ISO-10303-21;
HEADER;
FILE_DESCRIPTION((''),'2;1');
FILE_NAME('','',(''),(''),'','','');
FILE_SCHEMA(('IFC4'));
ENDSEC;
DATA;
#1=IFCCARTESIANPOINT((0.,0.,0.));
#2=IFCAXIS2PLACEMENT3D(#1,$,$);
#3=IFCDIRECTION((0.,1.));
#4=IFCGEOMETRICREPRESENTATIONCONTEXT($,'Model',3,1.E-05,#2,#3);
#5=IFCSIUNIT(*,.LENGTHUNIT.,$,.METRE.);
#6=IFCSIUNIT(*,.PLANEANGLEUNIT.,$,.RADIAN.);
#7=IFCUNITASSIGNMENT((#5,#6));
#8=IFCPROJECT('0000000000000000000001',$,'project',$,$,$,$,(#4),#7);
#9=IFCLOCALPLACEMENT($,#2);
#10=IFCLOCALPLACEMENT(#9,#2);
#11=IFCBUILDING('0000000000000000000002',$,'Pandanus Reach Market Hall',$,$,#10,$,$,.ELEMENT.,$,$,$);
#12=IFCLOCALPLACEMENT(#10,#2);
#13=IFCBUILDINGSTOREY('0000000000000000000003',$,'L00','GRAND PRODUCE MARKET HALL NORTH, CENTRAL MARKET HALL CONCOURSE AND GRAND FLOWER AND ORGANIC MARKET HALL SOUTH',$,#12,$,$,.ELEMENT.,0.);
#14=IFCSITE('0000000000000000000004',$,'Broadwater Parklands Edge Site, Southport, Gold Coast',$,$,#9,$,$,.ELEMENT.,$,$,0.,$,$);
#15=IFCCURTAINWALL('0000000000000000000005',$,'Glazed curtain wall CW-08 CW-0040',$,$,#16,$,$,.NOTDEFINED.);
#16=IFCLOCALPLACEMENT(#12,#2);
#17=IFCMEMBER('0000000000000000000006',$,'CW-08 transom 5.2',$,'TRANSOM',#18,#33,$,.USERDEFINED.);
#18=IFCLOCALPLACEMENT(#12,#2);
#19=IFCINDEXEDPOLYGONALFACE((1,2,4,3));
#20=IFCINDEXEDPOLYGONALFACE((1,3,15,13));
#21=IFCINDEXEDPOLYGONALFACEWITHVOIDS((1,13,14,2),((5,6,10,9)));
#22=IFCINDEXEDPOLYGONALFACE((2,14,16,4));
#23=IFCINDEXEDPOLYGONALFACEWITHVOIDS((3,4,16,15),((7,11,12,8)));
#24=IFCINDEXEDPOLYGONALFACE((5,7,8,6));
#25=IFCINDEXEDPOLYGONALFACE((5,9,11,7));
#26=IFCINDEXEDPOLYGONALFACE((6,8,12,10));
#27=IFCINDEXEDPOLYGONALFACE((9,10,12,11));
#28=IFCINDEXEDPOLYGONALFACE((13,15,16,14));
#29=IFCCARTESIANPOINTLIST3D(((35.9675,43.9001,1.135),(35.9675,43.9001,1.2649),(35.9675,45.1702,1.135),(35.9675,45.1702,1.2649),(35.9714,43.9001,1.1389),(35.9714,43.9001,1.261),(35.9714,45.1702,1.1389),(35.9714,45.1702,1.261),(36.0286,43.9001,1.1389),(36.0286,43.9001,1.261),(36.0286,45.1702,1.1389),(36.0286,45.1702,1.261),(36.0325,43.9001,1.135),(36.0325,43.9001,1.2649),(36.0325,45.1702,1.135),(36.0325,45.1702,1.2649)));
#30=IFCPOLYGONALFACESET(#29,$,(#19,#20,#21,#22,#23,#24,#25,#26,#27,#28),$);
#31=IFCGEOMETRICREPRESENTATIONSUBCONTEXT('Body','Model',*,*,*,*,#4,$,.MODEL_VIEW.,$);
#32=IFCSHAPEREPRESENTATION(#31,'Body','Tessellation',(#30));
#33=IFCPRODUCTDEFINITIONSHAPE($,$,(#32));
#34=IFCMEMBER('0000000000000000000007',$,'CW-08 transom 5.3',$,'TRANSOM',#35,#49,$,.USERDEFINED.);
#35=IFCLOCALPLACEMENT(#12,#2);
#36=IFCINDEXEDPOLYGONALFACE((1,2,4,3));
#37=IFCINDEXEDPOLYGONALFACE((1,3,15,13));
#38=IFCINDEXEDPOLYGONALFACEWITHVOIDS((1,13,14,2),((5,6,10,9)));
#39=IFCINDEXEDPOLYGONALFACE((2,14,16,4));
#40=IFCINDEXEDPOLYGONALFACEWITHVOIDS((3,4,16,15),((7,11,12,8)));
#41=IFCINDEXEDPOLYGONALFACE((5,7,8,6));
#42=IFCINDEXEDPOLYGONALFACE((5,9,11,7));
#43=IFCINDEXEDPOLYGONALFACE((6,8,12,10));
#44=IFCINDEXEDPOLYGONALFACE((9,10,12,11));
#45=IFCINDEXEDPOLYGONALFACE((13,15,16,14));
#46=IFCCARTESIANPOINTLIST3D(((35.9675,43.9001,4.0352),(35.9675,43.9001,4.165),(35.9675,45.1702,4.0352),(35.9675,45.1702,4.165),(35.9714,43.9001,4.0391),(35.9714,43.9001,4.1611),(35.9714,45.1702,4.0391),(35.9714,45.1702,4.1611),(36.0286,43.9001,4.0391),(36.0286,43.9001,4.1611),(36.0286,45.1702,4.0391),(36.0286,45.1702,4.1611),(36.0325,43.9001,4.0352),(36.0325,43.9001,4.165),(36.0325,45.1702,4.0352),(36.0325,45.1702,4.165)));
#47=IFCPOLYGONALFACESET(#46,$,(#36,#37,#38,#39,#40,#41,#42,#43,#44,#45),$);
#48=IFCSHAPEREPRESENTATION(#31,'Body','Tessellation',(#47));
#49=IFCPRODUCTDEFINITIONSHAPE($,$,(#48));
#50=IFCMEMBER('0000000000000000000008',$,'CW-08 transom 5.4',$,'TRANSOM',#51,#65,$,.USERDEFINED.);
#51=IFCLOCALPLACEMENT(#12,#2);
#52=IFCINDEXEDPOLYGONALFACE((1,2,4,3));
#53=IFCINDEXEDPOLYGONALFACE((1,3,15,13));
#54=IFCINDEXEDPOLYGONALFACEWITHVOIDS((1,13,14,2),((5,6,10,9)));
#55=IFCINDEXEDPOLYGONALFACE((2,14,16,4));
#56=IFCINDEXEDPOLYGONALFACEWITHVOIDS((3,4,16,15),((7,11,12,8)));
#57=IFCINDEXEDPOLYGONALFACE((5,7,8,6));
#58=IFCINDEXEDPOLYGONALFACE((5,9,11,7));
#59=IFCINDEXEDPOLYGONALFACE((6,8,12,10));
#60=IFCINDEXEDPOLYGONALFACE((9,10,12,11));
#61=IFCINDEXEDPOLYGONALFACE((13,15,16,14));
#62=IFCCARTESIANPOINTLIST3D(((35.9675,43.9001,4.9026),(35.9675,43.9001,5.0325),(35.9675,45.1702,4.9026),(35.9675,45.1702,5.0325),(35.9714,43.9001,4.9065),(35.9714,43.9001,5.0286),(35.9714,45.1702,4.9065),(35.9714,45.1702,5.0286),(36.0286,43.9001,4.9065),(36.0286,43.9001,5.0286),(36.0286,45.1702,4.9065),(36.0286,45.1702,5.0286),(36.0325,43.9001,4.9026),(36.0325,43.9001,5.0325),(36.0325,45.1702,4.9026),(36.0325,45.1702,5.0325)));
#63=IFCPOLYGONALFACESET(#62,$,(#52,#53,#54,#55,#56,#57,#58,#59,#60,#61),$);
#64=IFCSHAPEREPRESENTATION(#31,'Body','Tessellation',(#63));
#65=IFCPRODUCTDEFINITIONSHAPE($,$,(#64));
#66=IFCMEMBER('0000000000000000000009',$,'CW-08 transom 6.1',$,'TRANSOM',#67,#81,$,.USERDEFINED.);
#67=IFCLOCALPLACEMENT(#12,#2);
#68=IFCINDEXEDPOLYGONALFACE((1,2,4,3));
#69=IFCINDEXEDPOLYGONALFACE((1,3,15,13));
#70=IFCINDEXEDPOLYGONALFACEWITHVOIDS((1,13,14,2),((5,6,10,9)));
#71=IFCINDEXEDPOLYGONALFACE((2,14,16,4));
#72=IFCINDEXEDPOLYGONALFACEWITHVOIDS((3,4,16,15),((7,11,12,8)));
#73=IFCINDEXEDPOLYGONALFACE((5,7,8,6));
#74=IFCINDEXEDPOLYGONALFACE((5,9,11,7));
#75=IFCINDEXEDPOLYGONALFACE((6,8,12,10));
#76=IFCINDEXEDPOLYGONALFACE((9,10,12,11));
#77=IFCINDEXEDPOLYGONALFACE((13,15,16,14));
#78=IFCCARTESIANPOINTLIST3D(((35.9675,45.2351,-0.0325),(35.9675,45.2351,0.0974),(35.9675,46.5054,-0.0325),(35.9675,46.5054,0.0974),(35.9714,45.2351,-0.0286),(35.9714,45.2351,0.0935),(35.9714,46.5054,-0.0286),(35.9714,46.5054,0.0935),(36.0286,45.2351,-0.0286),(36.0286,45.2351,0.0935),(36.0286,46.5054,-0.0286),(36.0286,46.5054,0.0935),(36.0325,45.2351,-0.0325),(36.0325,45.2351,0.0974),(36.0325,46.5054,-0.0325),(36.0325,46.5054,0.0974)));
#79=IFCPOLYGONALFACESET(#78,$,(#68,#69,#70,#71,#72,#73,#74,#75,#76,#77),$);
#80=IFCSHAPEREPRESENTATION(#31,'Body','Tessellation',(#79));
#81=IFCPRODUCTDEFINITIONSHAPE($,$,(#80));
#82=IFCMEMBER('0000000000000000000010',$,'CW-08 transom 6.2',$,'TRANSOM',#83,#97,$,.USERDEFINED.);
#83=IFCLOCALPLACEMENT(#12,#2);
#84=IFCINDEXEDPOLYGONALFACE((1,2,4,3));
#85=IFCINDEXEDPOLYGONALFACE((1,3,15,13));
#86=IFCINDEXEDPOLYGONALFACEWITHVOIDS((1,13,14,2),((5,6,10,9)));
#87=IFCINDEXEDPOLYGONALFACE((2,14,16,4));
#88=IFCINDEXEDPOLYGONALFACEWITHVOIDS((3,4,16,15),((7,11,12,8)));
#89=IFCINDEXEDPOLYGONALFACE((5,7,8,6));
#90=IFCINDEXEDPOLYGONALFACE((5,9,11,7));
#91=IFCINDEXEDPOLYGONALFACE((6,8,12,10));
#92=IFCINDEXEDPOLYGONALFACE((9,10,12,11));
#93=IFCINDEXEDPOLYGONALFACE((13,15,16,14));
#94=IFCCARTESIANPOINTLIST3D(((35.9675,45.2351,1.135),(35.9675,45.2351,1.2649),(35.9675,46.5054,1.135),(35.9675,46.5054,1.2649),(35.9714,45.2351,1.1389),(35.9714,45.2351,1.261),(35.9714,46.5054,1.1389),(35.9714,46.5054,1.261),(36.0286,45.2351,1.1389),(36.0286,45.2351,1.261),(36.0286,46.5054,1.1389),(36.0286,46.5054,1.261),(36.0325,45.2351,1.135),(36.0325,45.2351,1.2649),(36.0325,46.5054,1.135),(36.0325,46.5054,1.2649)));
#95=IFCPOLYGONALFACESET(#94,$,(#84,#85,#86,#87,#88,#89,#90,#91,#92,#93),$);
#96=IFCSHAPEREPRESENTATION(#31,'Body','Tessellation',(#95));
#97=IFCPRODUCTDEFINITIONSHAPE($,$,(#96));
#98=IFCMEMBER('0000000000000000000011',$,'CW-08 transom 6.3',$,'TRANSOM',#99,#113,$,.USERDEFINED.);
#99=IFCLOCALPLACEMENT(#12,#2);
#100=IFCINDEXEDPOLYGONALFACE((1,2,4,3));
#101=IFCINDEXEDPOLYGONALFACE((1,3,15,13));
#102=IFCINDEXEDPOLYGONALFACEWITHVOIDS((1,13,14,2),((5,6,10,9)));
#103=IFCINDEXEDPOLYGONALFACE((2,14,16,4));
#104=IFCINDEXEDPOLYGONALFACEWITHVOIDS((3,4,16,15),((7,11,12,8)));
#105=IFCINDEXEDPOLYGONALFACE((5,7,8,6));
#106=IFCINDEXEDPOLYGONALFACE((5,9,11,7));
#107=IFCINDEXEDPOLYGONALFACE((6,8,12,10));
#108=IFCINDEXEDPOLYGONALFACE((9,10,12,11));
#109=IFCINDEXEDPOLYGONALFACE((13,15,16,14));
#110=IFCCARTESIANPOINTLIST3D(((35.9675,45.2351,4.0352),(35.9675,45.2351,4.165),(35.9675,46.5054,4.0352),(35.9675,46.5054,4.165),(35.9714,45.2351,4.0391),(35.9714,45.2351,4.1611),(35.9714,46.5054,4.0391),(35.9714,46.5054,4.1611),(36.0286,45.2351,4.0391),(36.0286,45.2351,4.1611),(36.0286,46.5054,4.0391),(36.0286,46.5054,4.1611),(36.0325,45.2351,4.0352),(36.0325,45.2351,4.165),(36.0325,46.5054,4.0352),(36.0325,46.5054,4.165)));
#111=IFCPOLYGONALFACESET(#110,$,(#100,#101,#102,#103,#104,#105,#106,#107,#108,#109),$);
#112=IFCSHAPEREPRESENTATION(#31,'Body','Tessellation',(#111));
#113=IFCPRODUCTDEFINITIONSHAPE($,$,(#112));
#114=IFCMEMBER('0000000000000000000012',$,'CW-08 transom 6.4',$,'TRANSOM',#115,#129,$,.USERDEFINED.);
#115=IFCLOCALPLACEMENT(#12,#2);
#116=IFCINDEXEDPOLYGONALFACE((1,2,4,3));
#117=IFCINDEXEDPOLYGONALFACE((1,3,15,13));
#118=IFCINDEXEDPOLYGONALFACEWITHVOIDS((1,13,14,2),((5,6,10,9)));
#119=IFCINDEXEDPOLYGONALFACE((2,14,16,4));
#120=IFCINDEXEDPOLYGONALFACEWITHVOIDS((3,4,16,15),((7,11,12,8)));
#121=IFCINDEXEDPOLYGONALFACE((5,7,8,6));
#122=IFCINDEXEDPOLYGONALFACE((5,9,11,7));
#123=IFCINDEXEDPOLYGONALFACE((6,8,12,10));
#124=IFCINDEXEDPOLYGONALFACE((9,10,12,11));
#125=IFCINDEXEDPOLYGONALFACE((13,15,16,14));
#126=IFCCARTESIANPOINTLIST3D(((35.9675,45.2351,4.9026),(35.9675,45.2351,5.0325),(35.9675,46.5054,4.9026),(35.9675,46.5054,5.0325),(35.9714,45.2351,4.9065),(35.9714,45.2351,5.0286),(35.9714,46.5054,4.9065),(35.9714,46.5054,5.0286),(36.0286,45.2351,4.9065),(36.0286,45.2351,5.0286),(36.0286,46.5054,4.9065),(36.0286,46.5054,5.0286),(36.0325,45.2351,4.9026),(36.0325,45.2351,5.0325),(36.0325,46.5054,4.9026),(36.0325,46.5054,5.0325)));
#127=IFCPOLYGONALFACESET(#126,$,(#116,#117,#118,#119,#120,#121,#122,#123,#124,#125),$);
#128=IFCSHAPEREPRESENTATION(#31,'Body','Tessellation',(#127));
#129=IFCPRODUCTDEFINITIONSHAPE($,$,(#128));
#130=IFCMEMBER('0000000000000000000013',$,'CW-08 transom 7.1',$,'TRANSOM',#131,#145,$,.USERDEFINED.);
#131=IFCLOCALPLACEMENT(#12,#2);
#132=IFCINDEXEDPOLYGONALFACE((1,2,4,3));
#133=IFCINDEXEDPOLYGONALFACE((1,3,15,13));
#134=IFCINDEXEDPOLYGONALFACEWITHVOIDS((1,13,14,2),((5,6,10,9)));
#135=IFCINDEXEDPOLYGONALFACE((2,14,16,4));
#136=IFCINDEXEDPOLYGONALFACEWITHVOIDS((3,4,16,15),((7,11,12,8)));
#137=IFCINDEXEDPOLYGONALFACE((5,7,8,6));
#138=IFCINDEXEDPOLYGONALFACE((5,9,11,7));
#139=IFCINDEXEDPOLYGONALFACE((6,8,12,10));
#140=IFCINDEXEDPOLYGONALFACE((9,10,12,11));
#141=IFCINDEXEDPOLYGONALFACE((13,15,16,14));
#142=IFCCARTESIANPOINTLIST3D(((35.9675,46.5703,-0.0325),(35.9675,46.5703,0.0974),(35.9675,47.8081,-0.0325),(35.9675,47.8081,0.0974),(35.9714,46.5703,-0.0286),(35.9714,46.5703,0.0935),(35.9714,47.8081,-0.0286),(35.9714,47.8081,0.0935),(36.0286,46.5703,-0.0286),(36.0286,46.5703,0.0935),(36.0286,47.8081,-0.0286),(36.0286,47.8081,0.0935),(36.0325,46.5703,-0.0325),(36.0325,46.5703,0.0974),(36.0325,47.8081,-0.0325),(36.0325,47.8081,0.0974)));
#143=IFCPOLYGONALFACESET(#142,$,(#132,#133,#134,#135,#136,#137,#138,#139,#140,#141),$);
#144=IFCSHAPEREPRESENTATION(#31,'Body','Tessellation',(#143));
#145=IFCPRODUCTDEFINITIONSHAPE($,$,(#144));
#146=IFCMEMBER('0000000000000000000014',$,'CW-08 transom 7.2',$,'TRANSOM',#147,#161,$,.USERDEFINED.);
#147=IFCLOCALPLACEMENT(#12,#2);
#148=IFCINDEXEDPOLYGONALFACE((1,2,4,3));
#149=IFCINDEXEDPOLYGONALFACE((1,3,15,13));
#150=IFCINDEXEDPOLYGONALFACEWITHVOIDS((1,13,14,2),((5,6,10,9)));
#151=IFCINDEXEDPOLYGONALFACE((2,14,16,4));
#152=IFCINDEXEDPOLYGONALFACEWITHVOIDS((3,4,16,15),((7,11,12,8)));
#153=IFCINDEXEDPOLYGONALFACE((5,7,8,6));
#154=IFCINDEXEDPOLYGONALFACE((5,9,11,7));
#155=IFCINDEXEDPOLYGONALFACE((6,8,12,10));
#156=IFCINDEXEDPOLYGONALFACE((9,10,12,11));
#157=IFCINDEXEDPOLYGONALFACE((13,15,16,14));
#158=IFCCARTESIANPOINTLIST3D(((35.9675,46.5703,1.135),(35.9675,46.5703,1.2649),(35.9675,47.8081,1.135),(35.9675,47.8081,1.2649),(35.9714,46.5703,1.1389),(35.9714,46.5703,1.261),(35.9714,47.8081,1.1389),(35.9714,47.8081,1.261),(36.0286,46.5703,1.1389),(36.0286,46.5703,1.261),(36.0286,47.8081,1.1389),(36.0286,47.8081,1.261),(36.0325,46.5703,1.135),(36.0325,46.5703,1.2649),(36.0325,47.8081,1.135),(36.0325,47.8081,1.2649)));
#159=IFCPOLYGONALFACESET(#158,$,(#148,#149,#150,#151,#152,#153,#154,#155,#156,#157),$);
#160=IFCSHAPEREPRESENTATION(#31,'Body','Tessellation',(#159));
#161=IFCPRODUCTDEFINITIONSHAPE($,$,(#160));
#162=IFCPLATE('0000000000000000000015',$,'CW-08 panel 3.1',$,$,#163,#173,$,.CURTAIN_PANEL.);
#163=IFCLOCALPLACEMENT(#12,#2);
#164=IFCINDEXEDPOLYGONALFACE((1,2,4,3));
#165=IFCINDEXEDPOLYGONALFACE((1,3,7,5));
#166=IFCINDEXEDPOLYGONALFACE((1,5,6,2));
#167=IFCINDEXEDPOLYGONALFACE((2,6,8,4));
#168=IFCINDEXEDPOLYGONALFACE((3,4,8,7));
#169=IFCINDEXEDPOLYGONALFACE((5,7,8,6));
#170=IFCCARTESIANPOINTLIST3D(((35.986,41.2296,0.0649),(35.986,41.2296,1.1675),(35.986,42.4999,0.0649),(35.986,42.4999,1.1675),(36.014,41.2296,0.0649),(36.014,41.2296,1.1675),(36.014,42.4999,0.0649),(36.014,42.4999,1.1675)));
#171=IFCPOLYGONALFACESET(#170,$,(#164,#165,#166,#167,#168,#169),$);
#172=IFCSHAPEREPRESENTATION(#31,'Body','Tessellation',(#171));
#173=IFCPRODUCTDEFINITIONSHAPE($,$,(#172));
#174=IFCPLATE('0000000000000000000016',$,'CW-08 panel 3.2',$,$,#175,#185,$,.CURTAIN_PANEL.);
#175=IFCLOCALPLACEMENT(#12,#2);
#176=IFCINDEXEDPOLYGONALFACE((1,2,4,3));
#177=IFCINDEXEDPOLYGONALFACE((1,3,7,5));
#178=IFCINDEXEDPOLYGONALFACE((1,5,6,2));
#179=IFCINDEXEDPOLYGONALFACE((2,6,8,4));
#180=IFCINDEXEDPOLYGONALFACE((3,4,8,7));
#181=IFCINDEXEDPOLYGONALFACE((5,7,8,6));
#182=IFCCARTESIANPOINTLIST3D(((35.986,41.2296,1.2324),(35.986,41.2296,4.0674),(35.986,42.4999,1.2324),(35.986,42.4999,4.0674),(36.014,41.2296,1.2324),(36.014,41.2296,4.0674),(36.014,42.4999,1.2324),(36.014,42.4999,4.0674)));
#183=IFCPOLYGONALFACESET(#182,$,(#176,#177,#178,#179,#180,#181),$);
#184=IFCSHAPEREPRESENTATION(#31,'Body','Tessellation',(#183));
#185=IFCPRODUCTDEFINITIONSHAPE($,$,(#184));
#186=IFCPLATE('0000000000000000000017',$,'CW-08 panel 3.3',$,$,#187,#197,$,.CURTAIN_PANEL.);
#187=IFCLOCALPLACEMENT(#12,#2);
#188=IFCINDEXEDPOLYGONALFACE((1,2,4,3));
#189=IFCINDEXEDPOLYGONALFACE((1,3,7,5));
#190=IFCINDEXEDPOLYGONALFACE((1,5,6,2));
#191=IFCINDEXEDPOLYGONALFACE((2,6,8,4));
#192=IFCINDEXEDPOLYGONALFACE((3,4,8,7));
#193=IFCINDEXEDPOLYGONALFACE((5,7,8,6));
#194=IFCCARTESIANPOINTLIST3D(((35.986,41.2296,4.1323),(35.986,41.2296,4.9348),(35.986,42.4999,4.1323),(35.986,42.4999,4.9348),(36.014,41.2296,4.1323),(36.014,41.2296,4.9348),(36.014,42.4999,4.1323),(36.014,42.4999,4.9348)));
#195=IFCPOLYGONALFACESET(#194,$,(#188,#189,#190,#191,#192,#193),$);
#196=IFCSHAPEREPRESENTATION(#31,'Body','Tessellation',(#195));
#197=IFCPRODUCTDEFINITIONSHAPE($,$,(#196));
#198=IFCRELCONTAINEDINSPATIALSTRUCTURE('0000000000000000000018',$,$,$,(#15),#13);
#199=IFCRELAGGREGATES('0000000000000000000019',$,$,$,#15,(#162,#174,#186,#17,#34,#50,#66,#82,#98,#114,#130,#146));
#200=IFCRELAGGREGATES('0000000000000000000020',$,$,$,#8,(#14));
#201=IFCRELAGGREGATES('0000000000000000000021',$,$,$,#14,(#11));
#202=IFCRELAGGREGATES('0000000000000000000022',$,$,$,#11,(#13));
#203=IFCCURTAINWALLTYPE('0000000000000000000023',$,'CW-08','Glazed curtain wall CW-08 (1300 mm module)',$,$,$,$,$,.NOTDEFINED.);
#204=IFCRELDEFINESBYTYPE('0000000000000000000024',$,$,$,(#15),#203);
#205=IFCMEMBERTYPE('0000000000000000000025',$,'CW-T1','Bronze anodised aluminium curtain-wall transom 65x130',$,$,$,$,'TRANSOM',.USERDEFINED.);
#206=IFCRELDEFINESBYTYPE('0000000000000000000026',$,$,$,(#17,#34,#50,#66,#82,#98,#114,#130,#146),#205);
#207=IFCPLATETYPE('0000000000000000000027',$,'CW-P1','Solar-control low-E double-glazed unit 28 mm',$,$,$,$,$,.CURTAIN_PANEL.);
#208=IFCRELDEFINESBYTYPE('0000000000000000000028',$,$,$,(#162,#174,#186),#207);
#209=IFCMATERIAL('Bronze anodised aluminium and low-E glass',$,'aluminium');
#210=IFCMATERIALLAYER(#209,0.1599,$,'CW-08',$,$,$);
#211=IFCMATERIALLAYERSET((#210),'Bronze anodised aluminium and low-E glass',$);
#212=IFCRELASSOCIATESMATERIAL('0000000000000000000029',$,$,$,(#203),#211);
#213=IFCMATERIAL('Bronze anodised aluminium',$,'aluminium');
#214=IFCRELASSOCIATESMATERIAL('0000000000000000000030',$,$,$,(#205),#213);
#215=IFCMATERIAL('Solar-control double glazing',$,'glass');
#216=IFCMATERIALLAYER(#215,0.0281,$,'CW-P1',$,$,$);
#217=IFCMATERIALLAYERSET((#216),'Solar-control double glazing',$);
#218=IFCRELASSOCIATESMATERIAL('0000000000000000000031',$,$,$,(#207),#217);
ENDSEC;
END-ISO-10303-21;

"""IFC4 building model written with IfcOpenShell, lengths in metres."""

from ifc_helpers import new_model, si_unit, direction, frame, origin, origin_2d, place, context, subcontext, project, spatial, rectangle, hollow_rectangle, extrude, material, layer, layer_set, material_profile, profile_set, type_object, element, aggregate, save


model = new_model("IFC4")

# Units and contexts
model_context = context("Model", 3, precision=1e-05, world=origin(), true_north=direction((0.0, 1.0)))
body_context = subcontext(model_context, "Body", "Model", "MODEL_VIEW")
ifc_project = project(units=[si_unit("LENGTHUNIT", "METRE"), si_unit("PLANEANGLEUNIT", "RADIAN")], contexts=[model_context])

# Site, building, storey
site_placement = place(None, origin())
site = spatial("IfcSite", under=ifc_project, at=site_placement, Name="Broadwater Parklands Edge Site, Southport, Gold Coast", CompositionType="ELEMENT", RefElevation=0.0)
building_placement = place(site_placement, origin())
building = spatial("IfcBuilding", under=site, at=building_placement, Name="Pandanus Reach Market Hall", CompositionType="ELEMENT")
storey_placement = place(building_placement, origin())
storey = spatial("IfcBuildingStorey", under=building, at=storey_placement, Name="L00", Description="GRAND PRODUCE MARKET HALL NORTH, CENTRAL MARKET HALL CONCOURSE AND GRAND FLOWER AND ORGANIC MARKET HALL SOUTH", CompositionType="ELEMENT", Elevation=0.0)

# Curtain wall, members, plates
ifc_material_1 = material(Name="Bronze anodised aluminium and low-E glass", Category="aluminium")
ifc_layer_1 = layer(ifc_material_1, 0.1599, Name="CW-08")
ifc_layer_set_1 = layer_set([ifc_layer_1], Name="Bronze anodised aluminium and low-E glass")
curtain_wall_type = type_object("IfcCurtainWallType", Name="CW-08", Description="Glazed curtain wall CW-08 (1300 mm module)", PredefinedType="NOTDEFINED", material=ifc_layer_set_1)
curtain_wall_placement = place(storey_placement, origin())
curtain_wall = element("IfcCurtainWall", 1, at=curtain_wall_placement, inside=storey, type_object=curtain_wall_type, Name="Glazed curtain wall CW-08 CW-0040", PredefinedType="NOTDEFINED")
ifc_material_2 = material(Name="Bronze anodised aluminium", Category="aluminium")
ifc_material_profile_1 = material_profile(ifc_material_2, hollow_rectangle(XDim=0.0649, YDim=0.1299, WallThickness=0.0039, at=origin_2d()), Name="ALU65x130", Category="LoadBearing")
ifc_profile_set_1 = profile_set([ifc_material_profile_1], Name="Bronze anodised aluminium")
member_type_1 = type_object("IfcMemberType", Name="CW-T1", Description="Bronze anodised aluminium curtain-wall transom 65x130", ElementType="TRANSOM", PredefinedType="USERDEFINED", material=ifc_profile_set_1)
member_1_placement = place(storey_placement, frame((36.0, 43.9001, 1.2), z_axis=(0.0, 1.0, 0.0), x_axis=(-1.0, 0.0, 0.0)))
member_1 = element("IfcMember", 2, at=member_1_placement, type_object=member_type_1, Name="CW-08 transom 5.2", ObjectType="TRANSOM", PredefinedType="USERDEFINED", context=body_context, shape_type="SweptSolid", body=[
    extrude(hollow_rectangle(XDim=0.0649, YDim=0.1299, WallThickness=0.0039, at=origin_2d()), origin(), (0.0, 0.0, 1.0), 1.27),
])
member_2_placement = place(storey_placement, frame((36.0, 43.9001, 4.1001), z_axis=(0.0, 1.0, 0.0), x_axis=(-1.0, 0.0, 0.0)))
member_2 = element("IfcMember", 3, at=member_2_placement, type_object=member_type_1, Name="CW-08 transom 5.3", ObjectType="TRANSOM", PredefinedType="USERDEFINED", context=body_context, shape_type="SweptSolid", body=[
    extrude(hollow_rectangle(XDim=0.0649, YDim=0.1299, WallThickness=0.0039, at=origin_2d()), origin(), (0.0, 0.0, 1.0), 1.27),
])
member_3_placement = place(storey_placement, frame((36.0, 43.9001, 4.9675), z_axis=(0.0, 1.0, 0.0), x_axis=(-1.0, 0.0, 0.0)))
member_3 = element("IfcMember", 4, at=member_3_placement, type_object=member_type_1, Name="CW-08 transom 5.4", ObjectType="TRANSOM", PredefinedType="USERDEFINED", context=body_context, shape_type="SweptSolid", body=[
    extrude(hollow_rectangle(XDim=0.0649, YDim=0.1299, WallThickness=0.0039, at=origin_2d()), origin(), (0.0, 0.0, 1.0), 1.27),
])
member_4_placement = place(storey_placement, frame((36.0, 45.2351, 0.0325), z_axis=(0.0, 1.0, 0.0), x_axis=(-1.0, 0.0, 0.0)))
member_4 = element("IfcMember", 5, at=member_4_placement, type_object=member_type_1, Name="CW-08 transom 6.1", ObjectType="TRANSOM", PredefinedType="USERDEFINED", context=body_context, shape_type="SweptSolid", body=[
    extrude(hollow_rectangle(XDim=0.0649, YDim=0.1299, WallThickness=0.0039, at=origin_2d()), origin(), (0.0, 0.0, 1.0), 1.2703),
])
member_5_placement = place(storey_placement, frame((36.0, 45.2351, 1.2), z_axis=(0.0, 1.0, 0.0), x_axis=(-1.0, 0.0, 0.0)))
member_5 = element("IfcMember", 6, at=member_5_placement, type_object=member_type_1, Name="CW-08 transom 6.2", ObjectType="TRANSOM", PredefinedType="USERDEFINED", context=body_context, shape_type="SweptSolid", body=[
    extrude(hollow_rectangle(XDim=0.0649, YDim=0.1299, WallThickness=0.0039, at=origin_2d()), origin(), (0.0, 0.0, 1.0), 1.2703),
])
member_6_placement = place(storey_placement, frame((36.0, 45.2351, 4.1001), z_axis=(0.0, 1.0, 0.0), x_axis=(-1.0, 0.0, 0.0)))
member_6 = element("IfcMember", 7, at=member_6_placement, type_object=member_type_1, Name="CW-08 transom 6.3", ObjectType="TRANSOM", PredefinedType="USERDEFINED", context=body_context, shape_type="SweptSolid", body=[
    extrude(hollow_rectangle(XDim=0.0649, YDim=0.1299, WallThickness=0.0039, at=origin_2d()), origin(), (0.0, 0.0, 1.0), 1.2703),
])
member_7_placement = place(storey_placement, frame((36.0, 45.2351, 4.9675), z_axis=(0.0, 1.0, 0.0), x_axis=(-1.0, 0.0, 0.0)))
member_7 = element("IfcMember", 8, at=member_7_placement, type_object=member_type_1, Name="CW-08 transom 6.4", ObjectType="TRANSOM", PredefinedType="USERDEFINED", context=body_context, shape_type="SweptSolid", body=[
    extrude(hollow_rectangle(XDim=0.0649, YDim=0.1299, WallThickness=0.0039, at=origin_2d()), origin(), (0.0, 0.0, 1.0), 1.2703),
])
member_8_placement = place(storey_placement, frame((36.0, 46.5703, 0.0325), z_axis=(0.0, 1.0, 0.0), x_axis=(-1.0, 0.0, 0.0)))
member_8 = element("IfcMember", 9, at=member_8_placement, type_object=member_type_1, Name="CW-08 transom 7.1", ObjectType="TRANSOM", PredefinedType="USERDEFINED", context=body_context, shape_type="SweptSolid", body=[
    extrude(hollow_rectangle(XDim=0.0649, YDim=0.1299, WallThickness=0.0039, at=origin_2d()), origin(), (0.0, 0.0, 1.0), 1.2378),
])
member_9_placement = place(storey_placement, frame((36.0, 46.5703, 1.2), z_axis=(0.0, 1.0, 0.0), x_axis=(-1.0, 0.0, 0.0)))
member_9 = element("IfcMember", 10, at=member_9_placement, type_object=member_type_1, Name="CW-08 transom 7.2", ObjectType="TRANSOM", PredefinedType="USERDEFINED", context=body_context, shape_type="SweptSolid", body=[
    extrude(hollow_rectangle(XDim=0.0649, YDim=0.1299, WallThickness=0.0039, at=origin_2d()), origin(), (0.0, 0.0, 1.0), 1.2378),
])
ifc_material_3 = material(Name="Solar-control double glazing", Category="glass")
ifc_layer_2 = layer(ifc_material_3, 0.0281, Name="CW-P1")
ifc_layer_set_2 = layer_set([ifc_layer_2], Name="Solar-control double glazing")
plate_type = type_object("IfcPlateType", Name="CW-P1", Description="Solar-control low-E double-glazed unit 28 mm", PredefinedType="CURTAIN_PANEL", material=ifc_layer_set_2)
plate_1_placement = place(storey_placement, frame((36.0, 41.8647, 0.0649), z_axis=(0.0, 0.0, 1.0), x_axis=(0.0, 1.0, 0.0)))
plate_1 = element("IfcPlate", 11, at=plate_1_placement, type_object=plate_type, Name="CW-08 panel 3.1", PredefinedType="CURTAIN_PANEL", context=body_context, shape_type="SweptSolid", body=[
    extrude(rectangle(XDim=1.2703, YDim=0.0281, at=origin_2d()), origin(), (0.0, 0.0, 1.0), 1.1025),
])
plate_2_placement = place(storey_placement, frame((36.0, 41.8647, 1.2324), z_axis=(0.0, 0.0, 1.0), x_axis=(0.0, 1.0, 0.0)))
plate_2 = element("IfcPlate", 12, at=plate_2_placement, type_object=plate_type, Name="CW-08 panel 3.2", PredefinedType="CURTAIN_PANEL", context=body_context, shape_type="SweptSolid", body=[
    extrude(rectangle(XDim=1.2703, YDim=0.0281, at=origin_2d()), origin(), (0.0, 0.0, 1.0), 2.835),
])
plate_3_placement = place(storey_placement, frame((36.0, 41.8647, 4.1323), z_axis=(0.0, 0.0, 1.0), x_axis=(0.0, 1.0, 0.0)))
plate_3 = element("IfcPlate", 13, at=plate_3_placement, type_object=plate_type, Name="CW-08 panel 3.3", PredefinedType="CURTAIN_PANEL", context=body_context, shape_type="SweptSolid", body=[
    extrude(rectangle(XDim=1.2703, YDim=0.0281, at=origin_2d()), origin(), (0.0, 0.0, 1.0), 0.8025),
])
aggregate(curtain_wall, [plate_1, plate_2, plate_3, member_1, member_2, member_3, member_4, member_5, member_6, member_7, member_8, member_9])

save(model, "model.ifc")
